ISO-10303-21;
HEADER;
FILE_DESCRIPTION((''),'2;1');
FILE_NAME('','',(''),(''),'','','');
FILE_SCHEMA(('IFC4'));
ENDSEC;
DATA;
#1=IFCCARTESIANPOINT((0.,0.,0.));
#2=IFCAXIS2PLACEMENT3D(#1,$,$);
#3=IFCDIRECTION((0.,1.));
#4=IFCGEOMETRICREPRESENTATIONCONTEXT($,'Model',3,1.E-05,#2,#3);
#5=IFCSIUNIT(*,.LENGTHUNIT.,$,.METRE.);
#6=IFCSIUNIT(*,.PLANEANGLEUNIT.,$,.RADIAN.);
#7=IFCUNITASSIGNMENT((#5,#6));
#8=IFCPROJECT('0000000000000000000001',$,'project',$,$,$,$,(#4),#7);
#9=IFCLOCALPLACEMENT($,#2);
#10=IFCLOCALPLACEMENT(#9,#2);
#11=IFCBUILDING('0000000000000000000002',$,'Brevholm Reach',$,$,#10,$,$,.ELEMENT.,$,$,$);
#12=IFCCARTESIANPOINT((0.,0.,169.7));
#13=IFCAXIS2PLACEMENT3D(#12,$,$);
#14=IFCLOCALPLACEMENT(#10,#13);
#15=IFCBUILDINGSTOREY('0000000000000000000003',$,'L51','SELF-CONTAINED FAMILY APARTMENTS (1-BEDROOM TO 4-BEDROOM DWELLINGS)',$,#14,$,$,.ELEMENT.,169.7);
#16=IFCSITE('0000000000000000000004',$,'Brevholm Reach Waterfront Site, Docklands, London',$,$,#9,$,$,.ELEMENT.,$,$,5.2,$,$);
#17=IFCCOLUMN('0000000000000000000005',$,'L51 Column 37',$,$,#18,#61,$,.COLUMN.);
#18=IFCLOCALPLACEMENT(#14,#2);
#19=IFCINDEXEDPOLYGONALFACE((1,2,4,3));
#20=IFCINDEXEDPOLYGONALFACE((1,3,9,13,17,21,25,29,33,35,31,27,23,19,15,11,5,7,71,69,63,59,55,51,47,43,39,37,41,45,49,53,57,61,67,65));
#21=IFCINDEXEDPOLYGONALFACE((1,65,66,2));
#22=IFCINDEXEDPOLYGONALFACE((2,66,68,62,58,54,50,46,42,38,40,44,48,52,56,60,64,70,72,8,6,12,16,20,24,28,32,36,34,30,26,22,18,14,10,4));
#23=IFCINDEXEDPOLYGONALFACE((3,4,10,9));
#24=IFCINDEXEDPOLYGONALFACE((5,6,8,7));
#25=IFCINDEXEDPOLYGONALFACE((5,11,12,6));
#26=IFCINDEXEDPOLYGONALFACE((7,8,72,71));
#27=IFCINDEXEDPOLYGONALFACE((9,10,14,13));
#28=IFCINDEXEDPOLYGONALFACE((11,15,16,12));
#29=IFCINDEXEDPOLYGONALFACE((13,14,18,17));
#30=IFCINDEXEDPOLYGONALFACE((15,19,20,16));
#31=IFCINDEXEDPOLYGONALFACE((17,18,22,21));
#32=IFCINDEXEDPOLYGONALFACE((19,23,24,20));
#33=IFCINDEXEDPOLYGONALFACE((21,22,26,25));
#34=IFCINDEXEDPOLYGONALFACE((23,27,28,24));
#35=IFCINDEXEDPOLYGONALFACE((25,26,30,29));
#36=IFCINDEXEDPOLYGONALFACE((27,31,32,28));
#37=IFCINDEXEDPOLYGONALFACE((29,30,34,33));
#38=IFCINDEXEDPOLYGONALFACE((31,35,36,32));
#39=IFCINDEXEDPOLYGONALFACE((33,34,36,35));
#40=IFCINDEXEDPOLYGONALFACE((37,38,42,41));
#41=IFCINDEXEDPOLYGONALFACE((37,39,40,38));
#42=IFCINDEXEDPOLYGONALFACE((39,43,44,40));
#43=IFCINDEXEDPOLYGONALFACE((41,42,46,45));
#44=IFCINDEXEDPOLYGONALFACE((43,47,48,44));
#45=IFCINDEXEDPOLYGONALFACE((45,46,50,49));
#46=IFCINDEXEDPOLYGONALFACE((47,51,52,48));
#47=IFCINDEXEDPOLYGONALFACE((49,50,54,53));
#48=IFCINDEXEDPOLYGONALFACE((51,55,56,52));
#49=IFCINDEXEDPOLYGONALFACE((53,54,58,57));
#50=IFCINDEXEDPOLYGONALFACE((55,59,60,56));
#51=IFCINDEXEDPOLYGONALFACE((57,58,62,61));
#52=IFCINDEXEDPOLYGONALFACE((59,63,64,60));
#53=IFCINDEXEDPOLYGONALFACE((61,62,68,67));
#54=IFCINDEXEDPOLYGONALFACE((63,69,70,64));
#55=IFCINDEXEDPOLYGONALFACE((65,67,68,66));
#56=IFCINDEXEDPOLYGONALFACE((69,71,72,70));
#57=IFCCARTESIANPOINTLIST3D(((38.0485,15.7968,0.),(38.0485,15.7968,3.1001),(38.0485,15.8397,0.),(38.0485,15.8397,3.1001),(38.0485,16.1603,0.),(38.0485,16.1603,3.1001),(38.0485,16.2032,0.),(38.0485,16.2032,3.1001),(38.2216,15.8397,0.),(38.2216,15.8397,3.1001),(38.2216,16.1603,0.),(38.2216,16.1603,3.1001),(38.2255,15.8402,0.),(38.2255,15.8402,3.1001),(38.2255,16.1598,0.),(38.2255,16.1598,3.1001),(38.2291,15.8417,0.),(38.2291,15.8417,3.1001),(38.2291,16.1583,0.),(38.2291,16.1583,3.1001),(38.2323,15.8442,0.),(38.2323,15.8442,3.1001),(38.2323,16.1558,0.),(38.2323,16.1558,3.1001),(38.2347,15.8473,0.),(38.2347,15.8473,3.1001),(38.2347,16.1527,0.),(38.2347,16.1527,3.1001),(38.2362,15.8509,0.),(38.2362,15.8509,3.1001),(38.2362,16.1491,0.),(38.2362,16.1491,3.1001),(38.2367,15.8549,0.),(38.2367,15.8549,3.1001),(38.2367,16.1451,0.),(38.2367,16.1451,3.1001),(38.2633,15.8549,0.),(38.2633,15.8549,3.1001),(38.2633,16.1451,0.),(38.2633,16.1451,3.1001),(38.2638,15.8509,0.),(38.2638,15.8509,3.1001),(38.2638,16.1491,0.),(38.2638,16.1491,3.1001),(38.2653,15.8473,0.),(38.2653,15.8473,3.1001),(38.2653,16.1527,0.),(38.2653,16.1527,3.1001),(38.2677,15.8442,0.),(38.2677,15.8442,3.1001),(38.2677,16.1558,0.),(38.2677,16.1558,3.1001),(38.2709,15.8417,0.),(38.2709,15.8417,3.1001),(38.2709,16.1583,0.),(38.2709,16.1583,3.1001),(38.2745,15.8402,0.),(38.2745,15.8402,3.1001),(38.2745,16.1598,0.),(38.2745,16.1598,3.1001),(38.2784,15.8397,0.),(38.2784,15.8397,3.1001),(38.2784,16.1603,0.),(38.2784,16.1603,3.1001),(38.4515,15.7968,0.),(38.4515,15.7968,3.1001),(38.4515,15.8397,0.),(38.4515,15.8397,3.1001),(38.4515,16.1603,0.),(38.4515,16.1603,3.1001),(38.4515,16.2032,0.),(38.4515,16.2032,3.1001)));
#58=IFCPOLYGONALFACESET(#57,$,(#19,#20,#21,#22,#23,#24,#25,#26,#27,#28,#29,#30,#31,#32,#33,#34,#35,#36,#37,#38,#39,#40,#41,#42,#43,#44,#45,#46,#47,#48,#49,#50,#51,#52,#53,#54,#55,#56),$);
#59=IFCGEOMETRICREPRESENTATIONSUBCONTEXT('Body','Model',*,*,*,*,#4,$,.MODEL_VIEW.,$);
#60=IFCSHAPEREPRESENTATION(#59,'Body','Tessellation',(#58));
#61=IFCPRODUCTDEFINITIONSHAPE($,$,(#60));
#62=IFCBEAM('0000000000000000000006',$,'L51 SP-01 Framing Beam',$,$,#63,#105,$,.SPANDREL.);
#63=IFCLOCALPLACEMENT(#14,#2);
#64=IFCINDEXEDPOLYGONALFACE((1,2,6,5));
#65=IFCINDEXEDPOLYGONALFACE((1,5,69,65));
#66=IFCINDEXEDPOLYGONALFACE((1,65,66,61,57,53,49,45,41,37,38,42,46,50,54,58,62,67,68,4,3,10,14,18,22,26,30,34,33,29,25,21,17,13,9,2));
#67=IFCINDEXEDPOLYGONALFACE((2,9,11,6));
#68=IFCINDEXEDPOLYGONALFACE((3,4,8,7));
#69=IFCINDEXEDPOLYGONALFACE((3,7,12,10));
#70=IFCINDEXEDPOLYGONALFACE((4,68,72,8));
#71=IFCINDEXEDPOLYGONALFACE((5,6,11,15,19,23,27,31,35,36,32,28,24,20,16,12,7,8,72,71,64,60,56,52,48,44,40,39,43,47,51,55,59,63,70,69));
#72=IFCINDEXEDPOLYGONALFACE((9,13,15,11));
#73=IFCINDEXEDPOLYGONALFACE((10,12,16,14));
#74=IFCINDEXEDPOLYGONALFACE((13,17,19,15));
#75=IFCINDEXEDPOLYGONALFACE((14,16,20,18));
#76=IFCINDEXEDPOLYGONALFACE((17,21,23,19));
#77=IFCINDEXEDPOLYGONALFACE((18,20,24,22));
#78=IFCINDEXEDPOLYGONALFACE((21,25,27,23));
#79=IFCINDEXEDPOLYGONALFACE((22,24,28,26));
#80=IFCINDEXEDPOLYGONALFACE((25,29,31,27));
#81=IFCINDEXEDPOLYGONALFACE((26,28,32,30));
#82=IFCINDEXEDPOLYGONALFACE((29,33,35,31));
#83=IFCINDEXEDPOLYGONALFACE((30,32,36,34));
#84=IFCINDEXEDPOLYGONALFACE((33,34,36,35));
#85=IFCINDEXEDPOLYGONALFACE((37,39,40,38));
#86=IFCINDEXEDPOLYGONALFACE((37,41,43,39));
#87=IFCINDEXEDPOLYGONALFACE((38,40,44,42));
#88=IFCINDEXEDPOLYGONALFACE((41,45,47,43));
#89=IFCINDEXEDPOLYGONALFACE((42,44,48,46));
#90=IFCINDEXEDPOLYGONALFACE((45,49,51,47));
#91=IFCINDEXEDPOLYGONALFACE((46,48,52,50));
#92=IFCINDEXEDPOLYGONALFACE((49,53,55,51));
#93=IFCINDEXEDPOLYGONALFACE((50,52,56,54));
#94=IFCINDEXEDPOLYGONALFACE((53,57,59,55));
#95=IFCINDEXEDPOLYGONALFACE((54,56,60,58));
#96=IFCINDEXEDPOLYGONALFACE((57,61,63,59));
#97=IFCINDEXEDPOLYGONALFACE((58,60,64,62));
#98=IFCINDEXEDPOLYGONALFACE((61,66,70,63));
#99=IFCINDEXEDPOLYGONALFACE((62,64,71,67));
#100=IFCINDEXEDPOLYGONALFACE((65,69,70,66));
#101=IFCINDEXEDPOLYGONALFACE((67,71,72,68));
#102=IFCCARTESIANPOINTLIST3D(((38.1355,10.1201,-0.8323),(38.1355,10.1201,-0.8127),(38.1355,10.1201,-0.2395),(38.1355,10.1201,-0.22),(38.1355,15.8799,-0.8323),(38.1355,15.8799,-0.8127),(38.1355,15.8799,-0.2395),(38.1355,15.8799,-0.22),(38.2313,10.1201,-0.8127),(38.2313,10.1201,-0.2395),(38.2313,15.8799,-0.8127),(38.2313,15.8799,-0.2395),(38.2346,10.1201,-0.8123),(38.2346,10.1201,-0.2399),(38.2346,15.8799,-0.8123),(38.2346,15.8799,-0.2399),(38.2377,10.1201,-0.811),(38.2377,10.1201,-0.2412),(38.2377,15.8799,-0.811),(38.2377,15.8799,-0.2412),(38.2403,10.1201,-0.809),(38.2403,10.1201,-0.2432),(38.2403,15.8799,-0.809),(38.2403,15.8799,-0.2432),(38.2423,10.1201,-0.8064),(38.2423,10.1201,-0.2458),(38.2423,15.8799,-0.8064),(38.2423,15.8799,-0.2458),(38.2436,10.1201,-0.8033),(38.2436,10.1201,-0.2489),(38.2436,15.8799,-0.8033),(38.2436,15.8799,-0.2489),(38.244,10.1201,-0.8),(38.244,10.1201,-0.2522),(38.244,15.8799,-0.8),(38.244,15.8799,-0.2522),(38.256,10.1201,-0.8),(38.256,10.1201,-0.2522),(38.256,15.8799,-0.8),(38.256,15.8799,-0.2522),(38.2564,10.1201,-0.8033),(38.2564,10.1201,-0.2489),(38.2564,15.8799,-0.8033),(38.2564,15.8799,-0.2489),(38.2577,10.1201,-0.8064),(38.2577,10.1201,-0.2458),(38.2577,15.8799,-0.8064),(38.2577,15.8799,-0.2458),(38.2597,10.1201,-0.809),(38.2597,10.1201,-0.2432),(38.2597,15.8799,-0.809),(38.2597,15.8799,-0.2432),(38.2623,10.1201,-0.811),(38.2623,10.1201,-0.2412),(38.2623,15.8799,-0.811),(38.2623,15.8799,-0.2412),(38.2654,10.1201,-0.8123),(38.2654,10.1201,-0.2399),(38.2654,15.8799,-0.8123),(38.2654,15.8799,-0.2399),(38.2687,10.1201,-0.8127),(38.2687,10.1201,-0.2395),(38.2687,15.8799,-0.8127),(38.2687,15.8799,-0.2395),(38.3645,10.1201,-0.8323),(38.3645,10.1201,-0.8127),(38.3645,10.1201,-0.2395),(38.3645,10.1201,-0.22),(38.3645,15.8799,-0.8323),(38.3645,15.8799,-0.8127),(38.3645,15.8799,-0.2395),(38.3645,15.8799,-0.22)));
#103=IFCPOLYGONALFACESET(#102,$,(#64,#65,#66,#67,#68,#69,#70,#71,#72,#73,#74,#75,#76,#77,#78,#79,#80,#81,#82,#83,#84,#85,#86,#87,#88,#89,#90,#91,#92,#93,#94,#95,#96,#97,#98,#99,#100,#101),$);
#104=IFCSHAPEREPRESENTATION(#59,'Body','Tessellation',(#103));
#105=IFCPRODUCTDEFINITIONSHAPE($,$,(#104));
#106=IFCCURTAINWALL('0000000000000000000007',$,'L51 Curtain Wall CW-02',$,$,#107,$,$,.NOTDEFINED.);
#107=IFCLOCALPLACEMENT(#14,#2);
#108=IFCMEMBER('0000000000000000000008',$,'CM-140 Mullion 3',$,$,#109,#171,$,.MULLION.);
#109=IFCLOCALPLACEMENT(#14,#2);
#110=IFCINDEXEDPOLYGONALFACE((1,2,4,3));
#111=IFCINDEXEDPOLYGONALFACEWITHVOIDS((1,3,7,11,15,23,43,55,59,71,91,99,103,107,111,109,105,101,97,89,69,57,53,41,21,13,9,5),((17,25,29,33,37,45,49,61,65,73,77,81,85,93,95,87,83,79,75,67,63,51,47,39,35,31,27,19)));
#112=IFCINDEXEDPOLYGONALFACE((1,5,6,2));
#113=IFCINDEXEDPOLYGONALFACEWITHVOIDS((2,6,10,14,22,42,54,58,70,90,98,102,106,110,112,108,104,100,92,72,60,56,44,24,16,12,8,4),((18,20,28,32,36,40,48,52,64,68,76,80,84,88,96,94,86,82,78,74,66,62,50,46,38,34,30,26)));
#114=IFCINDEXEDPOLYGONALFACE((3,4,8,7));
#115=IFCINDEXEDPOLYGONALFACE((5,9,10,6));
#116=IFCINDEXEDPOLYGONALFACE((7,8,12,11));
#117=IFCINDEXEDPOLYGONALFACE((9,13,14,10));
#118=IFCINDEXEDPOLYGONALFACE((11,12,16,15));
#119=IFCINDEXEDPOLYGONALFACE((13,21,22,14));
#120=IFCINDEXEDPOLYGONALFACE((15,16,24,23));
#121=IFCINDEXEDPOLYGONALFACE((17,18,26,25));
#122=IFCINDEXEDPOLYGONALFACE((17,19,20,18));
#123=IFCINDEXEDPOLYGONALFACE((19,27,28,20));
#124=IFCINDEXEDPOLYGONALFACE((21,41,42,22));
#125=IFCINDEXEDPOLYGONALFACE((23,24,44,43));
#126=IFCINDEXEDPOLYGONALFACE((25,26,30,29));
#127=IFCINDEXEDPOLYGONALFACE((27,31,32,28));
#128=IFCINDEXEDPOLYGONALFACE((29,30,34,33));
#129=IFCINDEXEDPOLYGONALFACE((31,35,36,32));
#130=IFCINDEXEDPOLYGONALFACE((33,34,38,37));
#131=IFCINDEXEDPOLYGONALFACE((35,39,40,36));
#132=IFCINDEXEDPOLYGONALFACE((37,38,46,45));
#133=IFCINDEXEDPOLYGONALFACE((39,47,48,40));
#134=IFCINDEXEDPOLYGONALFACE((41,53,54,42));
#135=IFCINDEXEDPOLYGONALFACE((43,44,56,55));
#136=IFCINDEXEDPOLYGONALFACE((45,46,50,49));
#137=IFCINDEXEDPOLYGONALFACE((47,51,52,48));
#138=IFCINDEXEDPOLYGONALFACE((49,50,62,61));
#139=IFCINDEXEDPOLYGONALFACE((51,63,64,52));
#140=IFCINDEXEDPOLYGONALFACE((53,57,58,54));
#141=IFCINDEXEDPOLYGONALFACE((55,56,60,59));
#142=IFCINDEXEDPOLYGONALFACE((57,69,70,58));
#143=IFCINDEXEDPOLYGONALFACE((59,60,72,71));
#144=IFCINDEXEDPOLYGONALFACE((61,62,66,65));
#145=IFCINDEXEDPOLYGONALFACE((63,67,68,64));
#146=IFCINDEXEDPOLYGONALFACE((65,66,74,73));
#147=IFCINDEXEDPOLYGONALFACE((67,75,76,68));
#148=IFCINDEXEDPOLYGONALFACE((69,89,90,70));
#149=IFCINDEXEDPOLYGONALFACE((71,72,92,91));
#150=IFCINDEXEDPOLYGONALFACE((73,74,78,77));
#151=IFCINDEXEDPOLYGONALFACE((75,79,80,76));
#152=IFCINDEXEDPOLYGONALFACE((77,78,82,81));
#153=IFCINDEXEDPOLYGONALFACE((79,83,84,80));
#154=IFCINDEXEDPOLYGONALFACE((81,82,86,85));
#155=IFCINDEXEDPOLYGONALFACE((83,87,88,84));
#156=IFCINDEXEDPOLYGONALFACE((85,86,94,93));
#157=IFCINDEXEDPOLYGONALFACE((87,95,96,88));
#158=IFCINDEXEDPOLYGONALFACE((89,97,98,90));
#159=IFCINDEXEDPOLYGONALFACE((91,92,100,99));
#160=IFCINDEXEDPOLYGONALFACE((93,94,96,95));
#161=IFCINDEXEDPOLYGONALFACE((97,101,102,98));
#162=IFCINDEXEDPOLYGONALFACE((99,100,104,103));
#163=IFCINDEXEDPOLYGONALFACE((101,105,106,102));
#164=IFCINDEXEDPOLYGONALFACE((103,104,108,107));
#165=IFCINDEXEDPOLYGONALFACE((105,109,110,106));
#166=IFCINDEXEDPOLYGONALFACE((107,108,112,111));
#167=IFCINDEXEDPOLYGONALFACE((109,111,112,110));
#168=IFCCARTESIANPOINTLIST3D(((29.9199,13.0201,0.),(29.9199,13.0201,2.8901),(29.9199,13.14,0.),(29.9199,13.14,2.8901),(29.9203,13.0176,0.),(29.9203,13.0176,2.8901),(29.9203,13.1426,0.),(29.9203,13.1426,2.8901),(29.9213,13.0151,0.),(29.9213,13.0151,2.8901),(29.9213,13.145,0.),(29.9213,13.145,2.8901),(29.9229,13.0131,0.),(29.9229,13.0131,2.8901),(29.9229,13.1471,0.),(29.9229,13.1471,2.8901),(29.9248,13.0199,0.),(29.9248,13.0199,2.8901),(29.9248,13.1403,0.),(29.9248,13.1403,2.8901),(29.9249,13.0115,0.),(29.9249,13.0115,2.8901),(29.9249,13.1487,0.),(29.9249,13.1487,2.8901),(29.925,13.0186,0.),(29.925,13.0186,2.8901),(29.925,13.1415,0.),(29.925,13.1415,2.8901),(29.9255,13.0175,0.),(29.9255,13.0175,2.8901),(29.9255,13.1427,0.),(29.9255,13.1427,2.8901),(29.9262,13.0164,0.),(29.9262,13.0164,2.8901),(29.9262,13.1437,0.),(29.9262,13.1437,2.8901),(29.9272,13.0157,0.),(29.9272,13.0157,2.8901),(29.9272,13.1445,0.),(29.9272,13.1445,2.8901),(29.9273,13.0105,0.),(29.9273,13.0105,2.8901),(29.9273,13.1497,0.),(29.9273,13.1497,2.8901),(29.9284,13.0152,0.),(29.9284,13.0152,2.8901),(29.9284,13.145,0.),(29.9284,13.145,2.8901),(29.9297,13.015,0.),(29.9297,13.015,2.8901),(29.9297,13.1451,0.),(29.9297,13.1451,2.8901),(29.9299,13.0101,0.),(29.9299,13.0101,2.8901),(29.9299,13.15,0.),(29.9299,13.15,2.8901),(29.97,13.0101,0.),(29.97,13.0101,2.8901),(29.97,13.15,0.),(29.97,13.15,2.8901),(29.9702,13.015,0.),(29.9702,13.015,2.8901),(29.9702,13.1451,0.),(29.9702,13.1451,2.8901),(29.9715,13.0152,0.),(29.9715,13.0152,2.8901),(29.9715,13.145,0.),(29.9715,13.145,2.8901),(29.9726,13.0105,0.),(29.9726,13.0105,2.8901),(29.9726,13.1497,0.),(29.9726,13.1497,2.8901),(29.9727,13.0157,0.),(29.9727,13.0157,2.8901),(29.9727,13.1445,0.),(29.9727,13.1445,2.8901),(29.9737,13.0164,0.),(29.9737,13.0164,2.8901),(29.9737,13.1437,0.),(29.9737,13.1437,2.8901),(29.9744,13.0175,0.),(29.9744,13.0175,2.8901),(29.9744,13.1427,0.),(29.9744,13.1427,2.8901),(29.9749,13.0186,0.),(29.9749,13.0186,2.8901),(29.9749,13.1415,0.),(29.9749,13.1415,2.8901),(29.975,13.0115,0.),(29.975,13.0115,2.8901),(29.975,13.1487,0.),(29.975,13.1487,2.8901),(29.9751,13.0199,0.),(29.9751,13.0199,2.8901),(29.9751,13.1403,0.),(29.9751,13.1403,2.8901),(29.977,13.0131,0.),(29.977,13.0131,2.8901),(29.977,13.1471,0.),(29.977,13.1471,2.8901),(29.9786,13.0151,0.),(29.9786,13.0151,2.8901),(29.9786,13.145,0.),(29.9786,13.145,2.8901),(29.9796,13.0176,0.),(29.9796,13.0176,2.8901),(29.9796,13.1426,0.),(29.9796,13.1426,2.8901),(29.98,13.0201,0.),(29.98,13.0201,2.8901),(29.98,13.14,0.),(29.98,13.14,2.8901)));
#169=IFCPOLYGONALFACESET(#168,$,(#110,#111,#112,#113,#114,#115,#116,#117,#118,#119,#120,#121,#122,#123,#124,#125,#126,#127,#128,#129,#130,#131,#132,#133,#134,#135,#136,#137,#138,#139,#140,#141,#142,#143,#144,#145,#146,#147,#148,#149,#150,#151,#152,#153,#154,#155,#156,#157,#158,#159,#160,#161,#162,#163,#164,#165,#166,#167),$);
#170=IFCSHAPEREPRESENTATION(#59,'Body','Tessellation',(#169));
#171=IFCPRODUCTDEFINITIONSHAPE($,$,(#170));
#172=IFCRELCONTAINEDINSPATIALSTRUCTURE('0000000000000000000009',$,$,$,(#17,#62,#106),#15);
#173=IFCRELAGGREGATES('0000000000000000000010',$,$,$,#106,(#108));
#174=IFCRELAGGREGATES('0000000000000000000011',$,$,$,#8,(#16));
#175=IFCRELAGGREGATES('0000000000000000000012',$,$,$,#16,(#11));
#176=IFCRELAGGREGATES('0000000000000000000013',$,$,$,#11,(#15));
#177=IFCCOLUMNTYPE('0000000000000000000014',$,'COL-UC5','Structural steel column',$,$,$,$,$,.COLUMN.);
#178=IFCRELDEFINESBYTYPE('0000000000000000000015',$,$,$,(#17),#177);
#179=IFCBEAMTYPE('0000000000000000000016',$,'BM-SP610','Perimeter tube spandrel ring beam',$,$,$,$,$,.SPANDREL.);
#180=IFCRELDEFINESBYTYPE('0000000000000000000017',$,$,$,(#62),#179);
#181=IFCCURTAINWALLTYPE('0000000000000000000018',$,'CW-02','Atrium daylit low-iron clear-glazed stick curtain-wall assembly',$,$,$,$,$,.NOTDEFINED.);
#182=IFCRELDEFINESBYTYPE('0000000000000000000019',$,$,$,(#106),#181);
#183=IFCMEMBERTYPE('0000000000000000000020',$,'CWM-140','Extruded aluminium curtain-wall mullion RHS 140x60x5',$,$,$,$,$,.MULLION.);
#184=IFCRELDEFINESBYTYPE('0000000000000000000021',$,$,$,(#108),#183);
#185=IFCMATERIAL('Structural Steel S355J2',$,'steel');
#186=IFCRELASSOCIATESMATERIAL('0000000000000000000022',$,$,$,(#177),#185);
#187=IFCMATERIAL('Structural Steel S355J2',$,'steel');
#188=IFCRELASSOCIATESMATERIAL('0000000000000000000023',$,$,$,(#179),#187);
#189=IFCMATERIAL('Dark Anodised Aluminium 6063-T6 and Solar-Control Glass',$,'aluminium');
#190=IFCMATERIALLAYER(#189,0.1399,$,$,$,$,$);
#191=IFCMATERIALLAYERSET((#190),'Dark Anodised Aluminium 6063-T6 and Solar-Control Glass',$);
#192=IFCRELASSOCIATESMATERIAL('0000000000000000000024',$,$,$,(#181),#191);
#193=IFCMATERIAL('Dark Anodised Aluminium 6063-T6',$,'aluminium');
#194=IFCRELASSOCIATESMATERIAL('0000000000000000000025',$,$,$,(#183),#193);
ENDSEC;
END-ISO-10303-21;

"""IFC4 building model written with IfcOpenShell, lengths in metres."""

from ifc_helpers import new_model, si_unit, direction, frame, origin, origin_2d, place, context, subcontext, project, spatial, hollow_rectangle, i_section, extrude, material, layer, layer_set, material_profile, profile_set, type_object, element, aggregate, save


model = new_model("IFC4")

# Units and contexts
model_context = context("Model", 3, precision=1e-05, world=origin(), true_north=direction((0.0, 1.0)))
body_context = subcontext(model_context, "Body", "Model", "MODEL_VIEW")
ifc_project = project(units=[si_unit("LENGTHUNIT", "METRE"), si_unit("PLANEANGLEUNIT", "RADIAN")], contexts=[model_context])

# Site, building, storey
site_placement = place(None, origin())
site = spatial("IfcSite", under=ifc_project, at=site_placement, Name="Brevholm Reach Waterfront Site, Docklands, London", CompositionType="ELEMENT", RefElevation=5.2)
building_placement = place(site_placement, origin())
building = spatial("IfcBuilding", under=site, at=building_placement, Name="Brevholm Reach", CompositionType="ELEMENT")
storey_placement = place(building_placement, frame((0.0, 0.0, 169.7)))
storey = spatial("IfcBuildingStorey", under=building, at=storey_placement, Name="L51", Description="SELF-CONTAINED FAMILY APARTMENTS (1-BEDROOM TO 4-BEDROOM DWELLINGS)", CompositionType="ELEMENT", Elevation=169.7)

# Column
ifc_material_1 = material(Name="Structural Steel S355J2", Category="steel")
ifc_material_profile_1 = material_profile(ifc_material_1, i_section(OverallWidth=0.4031, OverallDepth=0.4065, WebThickness=0.0266, FlangeThickness=0.043, FilletRadius=0.0151, at=origin_2d()), Name="UKC 356x406x340")
ifc_profile_set_1 = profile_set([ifc_material_profile_1], Name="Structural Steel S355J2")
column_type = type_object("IfcColumnType", Name="COL-UC5", Description="Structural steel column", PredefinedType="COLUMN", material=ifc_profile_set_1)
column_placement = place(storey_placement, frame((38.25, 16.0, 0.0), z_axis=(0.0, 0.0, 1.0), x_axis=(1.0, 0.0, 0.0)))
element("IfcColumn", 1, at=column_placement, inside=storey, type_object=column_type, Name="L51 Column 37", PredefinedType="COLUMN", context=body_context, shape_type="SweptSolid", body=[
    extrude(i_section(OverallWidth=0.4031, OverallDepth=0.4065, WebThickness=0.0266, FlangeThickness=0.043, FilletRadius=0.0151, at=origin_2d()), origin(), (0.0, 0.0, 1.0), 3.1001),
])

# Beam
ifc_material_2 = material(Name="Structural Steel S355J2", Category="steel")
ifc_material_profile_2 = material_profile(ifc_material_2, i_section(OverallWidth=0.229, OverallDepth=0.6123, WebThickness=0.012, FlangeThickness=0.0195, FilletRadius=0.0127, at=origin_2d()), Name="UKB 610x229x125")
ifc_profile_set_2 = profile_set([ifc_material_profile_2], Name="Structural Steel S355J2")
beam_type = type_object("IfcBeamType", Name="BM-SP610", Description="Perimeter tube spandrel ring beam", PredefinedType="SPANDREL", material=ifc_profile_set_2)
beam_placement = place(storey_placement, frame((38.25, 10.1201, -0.5261), z_axis=(0.0, 1.0, 0.0), x_axis=(-1.0, 0.0, 0.0)))
element("IfcBeam", 2, at=beam_placement, inside=storey, type_object=beam_type, Name="L51 SP-01 Framing Beam", PredefinedType="SPANDREL", context=body_context, shape_type="SweptSolid", body=[
    extrude(i_section(OverallWidth=0.229, OverallDepth=0.6123, WebThickness=0.012, FlangeThickness=0.0195, FilletRadius=0.0127, at=origin_2d()), origin(), (0.0, 0.0, 1.0), 5.7598),
])

# Curtain wall, member
ifc_material_3 = material(Name="Dark Anodised Aluminium 6063-T6 and Solar-Control Glass", Category="aluminium")
ifc_layer_1 = layer(ifc_material_3, 0.1399)
ifc_layer_set_1 = layer_set([ifc_layer_1], Name="Dark Anodised Aluminium 6063-T6 and Solar-Control Glass")
curtain_wall_type = type_object("IfcCurtainWallType", Name="CW-02", Description="Atrium daylit low-iron clear-glazed stick curtain-wall assembly", PredefinedType="NOTDEFINED", material=ifc_layer_set_1)
curtain_wall_placement = place(storey_placement, origin())
curtain_wall = element("IfcCurtainWall", 3, at=curtain_wall_placement, inside=storey, type_object=curtain_wall_type, Name="L51 Curtain Wall CW-02", PredefinedType="NOTDEFINED")
ifc_material_4 = material(Name="Dark Anodised Aluminium 6063-T6", Category="aluminium")
ifc_material_profile_3 = material_profile(ifc_material_4, hollow_rectangle(XDim=0.0601, YDim=0.1399, WallThickness=0.0049, InnerFilletRadius=0.0049, OuterFilletRadius=0.01, at=origin_2d()), Name="RHS 140x60x5")
ifc_profile_set_3 = profile_set([ifc_material_profile_3], Name="Dark Anodised Aluminium 6063-T6")
member_type_1 = type_object("IfcMemberType", Name="CWM-140", Description="Extruded aluminium curtain-wall mullion RHS 140x60x5", PredefinedType="MULLION", material=ifc_profile_set_3)
member_1_placement = place(storey_placement, frame((29.95, 13.0801, 0.0), z_axis=(0.0, 0.0, 1.0), x_axis=(1.0, 0.0, 0.0)))
member_1 = element("IfcMember", 4, at=member_1_placement, type_object=member_type_1, Name="CM-140 Mullion 3", PredefinedType="MULLION", context=body_context, shape_type="SweptSolid", body=[
    extrude(hollow_rectangle(XDim=0.0601, YDim=0.1399, WallThickness=0.0049, InnerFilletRadius=0.0049, OuterFilletRadius=0.01, at=origin_2d()), origin(), (0.0, 0.0, 1.0), 2.8901),
])
aggregate(curtain_wall, [member_1])

save(model, "model.ifc")
